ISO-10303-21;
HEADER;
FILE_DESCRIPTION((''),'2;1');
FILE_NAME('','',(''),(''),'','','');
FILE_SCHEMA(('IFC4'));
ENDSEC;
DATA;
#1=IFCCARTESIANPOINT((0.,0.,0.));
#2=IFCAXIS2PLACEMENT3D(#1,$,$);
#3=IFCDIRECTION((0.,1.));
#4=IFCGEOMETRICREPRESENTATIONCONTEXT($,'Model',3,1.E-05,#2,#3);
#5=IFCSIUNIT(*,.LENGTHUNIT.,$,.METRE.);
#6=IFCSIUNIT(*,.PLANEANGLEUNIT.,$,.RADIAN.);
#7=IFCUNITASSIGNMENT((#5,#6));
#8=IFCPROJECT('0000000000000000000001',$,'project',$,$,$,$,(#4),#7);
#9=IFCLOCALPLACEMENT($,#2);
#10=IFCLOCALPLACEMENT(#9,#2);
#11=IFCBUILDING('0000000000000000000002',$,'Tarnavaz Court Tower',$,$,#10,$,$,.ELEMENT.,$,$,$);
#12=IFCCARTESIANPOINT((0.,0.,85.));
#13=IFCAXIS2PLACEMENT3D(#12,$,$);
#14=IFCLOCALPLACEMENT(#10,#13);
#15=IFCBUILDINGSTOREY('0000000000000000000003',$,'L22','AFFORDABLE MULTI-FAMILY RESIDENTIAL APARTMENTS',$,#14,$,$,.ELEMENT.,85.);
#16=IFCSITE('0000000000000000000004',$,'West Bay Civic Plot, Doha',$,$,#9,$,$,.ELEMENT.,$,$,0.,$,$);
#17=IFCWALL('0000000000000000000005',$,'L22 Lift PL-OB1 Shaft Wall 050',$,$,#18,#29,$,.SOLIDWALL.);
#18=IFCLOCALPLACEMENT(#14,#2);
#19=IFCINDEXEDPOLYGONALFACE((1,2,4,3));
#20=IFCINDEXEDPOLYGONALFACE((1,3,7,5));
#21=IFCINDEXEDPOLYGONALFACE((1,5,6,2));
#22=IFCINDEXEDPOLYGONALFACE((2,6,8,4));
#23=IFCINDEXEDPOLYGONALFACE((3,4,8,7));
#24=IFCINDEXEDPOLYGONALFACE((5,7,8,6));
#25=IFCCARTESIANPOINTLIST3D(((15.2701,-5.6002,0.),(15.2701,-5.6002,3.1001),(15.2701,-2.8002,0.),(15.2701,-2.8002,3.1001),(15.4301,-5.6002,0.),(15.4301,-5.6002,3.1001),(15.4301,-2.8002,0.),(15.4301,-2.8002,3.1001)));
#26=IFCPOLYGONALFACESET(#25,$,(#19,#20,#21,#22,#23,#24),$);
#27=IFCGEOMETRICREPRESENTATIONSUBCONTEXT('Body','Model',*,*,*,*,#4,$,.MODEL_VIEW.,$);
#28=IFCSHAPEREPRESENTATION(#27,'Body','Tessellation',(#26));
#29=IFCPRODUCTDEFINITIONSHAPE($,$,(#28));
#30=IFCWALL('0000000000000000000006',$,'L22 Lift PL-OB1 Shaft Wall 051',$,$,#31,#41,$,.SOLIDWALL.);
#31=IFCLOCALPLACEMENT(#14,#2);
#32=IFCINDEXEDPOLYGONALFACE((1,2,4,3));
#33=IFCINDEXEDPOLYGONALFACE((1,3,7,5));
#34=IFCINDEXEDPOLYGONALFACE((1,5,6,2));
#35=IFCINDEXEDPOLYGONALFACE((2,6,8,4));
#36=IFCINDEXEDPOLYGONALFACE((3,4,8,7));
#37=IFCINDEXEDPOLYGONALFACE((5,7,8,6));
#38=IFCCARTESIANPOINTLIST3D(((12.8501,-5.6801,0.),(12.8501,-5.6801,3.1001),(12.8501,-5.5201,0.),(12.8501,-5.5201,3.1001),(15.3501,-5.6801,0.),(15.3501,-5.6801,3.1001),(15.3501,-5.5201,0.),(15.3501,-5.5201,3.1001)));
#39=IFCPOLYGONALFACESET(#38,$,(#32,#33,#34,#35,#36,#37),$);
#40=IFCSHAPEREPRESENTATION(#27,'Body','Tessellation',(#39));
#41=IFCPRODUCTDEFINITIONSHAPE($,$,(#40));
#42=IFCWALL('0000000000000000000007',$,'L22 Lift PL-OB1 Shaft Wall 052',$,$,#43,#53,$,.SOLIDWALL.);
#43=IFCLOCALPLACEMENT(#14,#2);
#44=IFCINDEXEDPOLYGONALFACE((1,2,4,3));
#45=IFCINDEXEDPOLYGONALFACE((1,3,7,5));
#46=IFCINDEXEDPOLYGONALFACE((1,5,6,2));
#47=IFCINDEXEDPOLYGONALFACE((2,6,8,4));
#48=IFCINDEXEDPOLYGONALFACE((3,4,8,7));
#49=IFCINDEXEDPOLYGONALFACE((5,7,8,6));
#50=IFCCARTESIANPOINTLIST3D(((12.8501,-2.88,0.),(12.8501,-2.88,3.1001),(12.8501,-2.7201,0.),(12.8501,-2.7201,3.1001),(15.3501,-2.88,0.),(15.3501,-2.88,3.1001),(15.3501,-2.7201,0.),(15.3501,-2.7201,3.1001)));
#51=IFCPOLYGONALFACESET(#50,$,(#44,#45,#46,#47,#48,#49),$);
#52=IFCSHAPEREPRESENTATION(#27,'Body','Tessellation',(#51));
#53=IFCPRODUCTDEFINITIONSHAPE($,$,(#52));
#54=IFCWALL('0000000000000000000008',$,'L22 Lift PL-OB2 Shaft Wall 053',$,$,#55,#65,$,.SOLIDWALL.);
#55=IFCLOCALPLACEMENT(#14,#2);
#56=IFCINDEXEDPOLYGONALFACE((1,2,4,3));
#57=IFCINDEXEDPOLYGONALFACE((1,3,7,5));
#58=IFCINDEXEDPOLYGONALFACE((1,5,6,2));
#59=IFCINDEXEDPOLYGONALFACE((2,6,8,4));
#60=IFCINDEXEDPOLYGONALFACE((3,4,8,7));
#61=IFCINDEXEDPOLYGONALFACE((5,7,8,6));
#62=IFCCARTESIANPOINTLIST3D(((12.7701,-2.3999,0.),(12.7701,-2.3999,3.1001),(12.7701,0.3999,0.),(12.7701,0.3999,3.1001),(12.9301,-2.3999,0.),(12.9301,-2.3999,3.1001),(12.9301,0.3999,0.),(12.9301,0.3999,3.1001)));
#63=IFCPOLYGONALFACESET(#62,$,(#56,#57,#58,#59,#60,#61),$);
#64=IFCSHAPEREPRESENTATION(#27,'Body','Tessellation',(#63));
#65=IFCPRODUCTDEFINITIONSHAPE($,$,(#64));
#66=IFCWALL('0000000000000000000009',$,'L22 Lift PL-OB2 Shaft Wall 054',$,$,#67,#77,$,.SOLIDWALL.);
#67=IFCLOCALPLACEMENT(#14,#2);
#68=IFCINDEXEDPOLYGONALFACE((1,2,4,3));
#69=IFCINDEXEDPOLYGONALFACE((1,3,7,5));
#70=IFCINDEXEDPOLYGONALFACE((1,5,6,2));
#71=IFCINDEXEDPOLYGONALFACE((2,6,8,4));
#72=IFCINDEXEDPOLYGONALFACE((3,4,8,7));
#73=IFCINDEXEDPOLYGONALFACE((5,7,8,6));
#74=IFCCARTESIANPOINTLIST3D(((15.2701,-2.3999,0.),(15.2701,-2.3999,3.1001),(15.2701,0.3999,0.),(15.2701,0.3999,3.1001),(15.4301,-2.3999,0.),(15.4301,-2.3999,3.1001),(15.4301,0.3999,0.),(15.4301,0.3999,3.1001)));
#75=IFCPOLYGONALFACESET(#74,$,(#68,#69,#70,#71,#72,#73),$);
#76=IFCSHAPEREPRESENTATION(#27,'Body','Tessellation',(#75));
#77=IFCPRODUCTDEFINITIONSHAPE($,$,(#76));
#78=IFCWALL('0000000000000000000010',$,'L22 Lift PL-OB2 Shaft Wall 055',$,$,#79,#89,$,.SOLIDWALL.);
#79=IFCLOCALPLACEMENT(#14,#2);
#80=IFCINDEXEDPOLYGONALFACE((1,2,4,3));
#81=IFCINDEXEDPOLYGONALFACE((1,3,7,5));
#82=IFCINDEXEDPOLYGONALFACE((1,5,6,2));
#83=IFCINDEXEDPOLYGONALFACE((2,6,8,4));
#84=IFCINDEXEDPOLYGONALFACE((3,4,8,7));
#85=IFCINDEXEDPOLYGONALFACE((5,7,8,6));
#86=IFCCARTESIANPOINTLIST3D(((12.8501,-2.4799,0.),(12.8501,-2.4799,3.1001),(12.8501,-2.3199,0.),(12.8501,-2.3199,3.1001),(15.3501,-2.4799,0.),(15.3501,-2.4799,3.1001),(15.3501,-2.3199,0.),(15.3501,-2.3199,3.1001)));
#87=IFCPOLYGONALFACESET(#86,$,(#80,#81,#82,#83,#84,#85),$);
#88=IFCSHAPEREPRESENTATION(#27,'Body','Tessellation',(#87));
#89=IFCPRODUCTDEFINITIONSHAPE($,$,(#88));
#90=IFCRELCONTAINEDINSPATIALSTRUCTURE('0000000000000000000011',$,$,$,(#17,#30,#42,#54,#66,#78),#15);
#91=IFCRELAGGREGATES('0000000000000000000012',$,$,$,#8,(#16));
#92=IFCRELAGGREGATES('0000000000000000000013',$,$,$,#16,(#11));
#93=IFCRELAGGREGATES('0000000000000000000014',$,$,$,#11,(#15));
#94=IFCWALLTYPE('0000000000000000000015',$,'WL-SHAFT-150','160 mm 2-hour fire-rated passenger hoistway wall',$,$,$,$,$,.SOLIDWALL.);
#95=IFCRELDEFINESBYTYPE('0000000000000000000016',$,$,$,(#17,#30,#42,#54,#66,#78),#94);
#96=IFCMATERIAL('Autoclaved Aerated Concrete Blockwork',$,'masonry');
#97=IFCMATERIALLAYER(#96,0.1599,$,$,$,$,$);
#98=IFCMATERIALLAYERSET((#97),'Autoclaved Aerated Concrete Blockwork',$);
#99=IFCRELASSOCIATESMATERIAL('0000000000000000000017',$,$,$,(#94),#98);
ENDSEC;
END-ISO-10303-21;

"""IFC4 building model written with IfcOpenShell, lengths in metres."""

from ifc_helpers import new_model, si_unit, direction, frame, frame_2d, origin, place, context, subcontext, project, spatial, rectangle, extrude, material, layer, layer_set, type_object, element, save


model = new_model("IFC4")

# Units and contexts
model_context = context("Model", 3, precision=1e-05, world=origin(), true_north=direction((0.0, 1.0)))
body_context = subcontext(model_context, "Body", "Model", "MODEL_VIEW")
ifc_project = project(units=[si_unit("LENGTHUNIT", "METRE"), si_unit("PLANEANGLEUNIT", "RADIAN")], contexts=[model_context])

# Site, building, storey
site_placement = place(None, origin())
site = spatial("IfcSite", under=ifc_project, at=site_placement, Name="West Bay Civic Plot, Doha", CompositionType="ELEMENT", RefElevation=0.0)
building_placement = place(site_placement, origin())
building = spatial("IfcBuilding", under=site, at=building_placement, Name="Tarnavaz Court Tower", CompositionType="ELEMENT")
storey_placement = place(building_placement, frame((0.0, 0.0, 85.0)))
storey = spatial("IfcBuildingStorey", under=building, at=storey_placement, Name="L22", Description="AFFORDABLE MULTI-FAMILY RESIDENTIAL APARTMENTS", CompositionType="ELEMENT", Elevation=85.0)

# Walls
ifc_material_1 = material(Name="Autoclaved Aerated Concrete Blockwork", Category="masonry")
ifc_layer_1 = layer(ifc_material_1, 0.1599)
ifc_layer_set_1 = layer_set([ifc_layer_1], Name="Autoclaved Aerated Concrete Blockwork")
wall_type_1 = type_object("IfcWallType", Name="WL-SHAFT-150", Description="160 mm 2-hour fire-rated passenger hoistway wall", PredefinedType="SOLIDWALL", material=ifc_layer_set_1)
for number, where, z_axis, x_axis, name in (
    (1, (15.3501, -5.6001, 0.0), (0.0, 0.0, 1.0), (0.0, 1.0, 0.0), "L22 Lift PL-OB1 Shaft Wall 050"),
):
    element("IfcWall", number, at=place(storey_placement, frame(where, z_axis=z_axis, x_axis=x_axis)), inside=storey, type_object=wall_type_1, Name=name, PredefinedType="SOLIDWALL", context=body_context, shape_type="SweptSolid", body=[
        extrude(rectangle(XDim=2.8, YDim=0.1599, at=frame_2d((1.3999, 0.0))), origin(), (0.0, 0.0, 1.0), 3.1001),
    ])
for number, where, z_axis, x_axis, name in (
    (2, (12.8501, -5.6001, 0.0), (0.0, 0.0, 1.0), (1.0, 0.0, 0.0), "L22 Lift PL-OB1 Shaft Wall 051"),
    (3, (12.8501, -2.8, 0.0), (0.0, 0.0, 1.0), (1.0, 0.0, 0.0), "L22 Lift PL-OB1 Shaft Wall 052"),
):
    element("IfcWall", number, at=place(storey_placement, frame(where, z_axis=z_axis, x_axis=x_axis)), inside=storey, type_object=wall_type_1, Name=name, PredefinedType="SOLIDWALL", context=body_context, shape_type="SweptSolid", body=[
        extrude(rectangle(XDim=2.5, YDim=0.1599, at=frame_2d((1.25, 0.0))), origin(), (0.0, 0.0, 1.0), 3.1001),
    ])
for number, where, z_axis, x_axis, name in (
    (4, (12.8501, -2.3999, 0.0), (0.0, 0.0, 1.0), (0.0, 1.0, 0.0), "L22 Lift PL-OB2 Shaft Wall 053"),
    (5, (15.3501, -2.3999, 0.0), (0.0, 0.0, 1.0), (0.0, 1.0, 0.0), "L22 Lift PL-OB2 Shaft Wall 054"),
):
    element("IfcWall", number, at=place(storey_placement, frame(where, z_axis=z_axis, x_axis=x_axis)), inside=storey, type_object=wall_type_1, Name=name, PredefinedType="SOLIDWALL", context=body_context, shape_type="SweptSolid", body=[
        extrude(rectangle(XDim=2.7998, YDim=0.1599, at=frame_2d((1.3999, 0.0))), origin(), (0.0, 0.0, 1.0), 3.1001),
    ])
wall_1_placement = place(storey_placement, frame((12.8501, -2.3999, 0.0), z_axis=(0.0, 0.0, 1.0), x_axis=(1.0, 0.0, 0.0)))
element("IfcWall", 6, at=wall_1_placement, inside=storey, type_object=wall_type_1, Name="L22 Lift PL-OB2 Shaft Wall 055", PredefinedType="SOLIDWALL", context=body_context, shape_type="SweptSolid", body=[
    extrude(rectangle(XDim=2.5, YDim=0.1599, at=frame_2d((1.25, 0.0))), origin(), (0.0, 0.0, 1.0), 3.1001),
])

save(model, "model.ifc")
